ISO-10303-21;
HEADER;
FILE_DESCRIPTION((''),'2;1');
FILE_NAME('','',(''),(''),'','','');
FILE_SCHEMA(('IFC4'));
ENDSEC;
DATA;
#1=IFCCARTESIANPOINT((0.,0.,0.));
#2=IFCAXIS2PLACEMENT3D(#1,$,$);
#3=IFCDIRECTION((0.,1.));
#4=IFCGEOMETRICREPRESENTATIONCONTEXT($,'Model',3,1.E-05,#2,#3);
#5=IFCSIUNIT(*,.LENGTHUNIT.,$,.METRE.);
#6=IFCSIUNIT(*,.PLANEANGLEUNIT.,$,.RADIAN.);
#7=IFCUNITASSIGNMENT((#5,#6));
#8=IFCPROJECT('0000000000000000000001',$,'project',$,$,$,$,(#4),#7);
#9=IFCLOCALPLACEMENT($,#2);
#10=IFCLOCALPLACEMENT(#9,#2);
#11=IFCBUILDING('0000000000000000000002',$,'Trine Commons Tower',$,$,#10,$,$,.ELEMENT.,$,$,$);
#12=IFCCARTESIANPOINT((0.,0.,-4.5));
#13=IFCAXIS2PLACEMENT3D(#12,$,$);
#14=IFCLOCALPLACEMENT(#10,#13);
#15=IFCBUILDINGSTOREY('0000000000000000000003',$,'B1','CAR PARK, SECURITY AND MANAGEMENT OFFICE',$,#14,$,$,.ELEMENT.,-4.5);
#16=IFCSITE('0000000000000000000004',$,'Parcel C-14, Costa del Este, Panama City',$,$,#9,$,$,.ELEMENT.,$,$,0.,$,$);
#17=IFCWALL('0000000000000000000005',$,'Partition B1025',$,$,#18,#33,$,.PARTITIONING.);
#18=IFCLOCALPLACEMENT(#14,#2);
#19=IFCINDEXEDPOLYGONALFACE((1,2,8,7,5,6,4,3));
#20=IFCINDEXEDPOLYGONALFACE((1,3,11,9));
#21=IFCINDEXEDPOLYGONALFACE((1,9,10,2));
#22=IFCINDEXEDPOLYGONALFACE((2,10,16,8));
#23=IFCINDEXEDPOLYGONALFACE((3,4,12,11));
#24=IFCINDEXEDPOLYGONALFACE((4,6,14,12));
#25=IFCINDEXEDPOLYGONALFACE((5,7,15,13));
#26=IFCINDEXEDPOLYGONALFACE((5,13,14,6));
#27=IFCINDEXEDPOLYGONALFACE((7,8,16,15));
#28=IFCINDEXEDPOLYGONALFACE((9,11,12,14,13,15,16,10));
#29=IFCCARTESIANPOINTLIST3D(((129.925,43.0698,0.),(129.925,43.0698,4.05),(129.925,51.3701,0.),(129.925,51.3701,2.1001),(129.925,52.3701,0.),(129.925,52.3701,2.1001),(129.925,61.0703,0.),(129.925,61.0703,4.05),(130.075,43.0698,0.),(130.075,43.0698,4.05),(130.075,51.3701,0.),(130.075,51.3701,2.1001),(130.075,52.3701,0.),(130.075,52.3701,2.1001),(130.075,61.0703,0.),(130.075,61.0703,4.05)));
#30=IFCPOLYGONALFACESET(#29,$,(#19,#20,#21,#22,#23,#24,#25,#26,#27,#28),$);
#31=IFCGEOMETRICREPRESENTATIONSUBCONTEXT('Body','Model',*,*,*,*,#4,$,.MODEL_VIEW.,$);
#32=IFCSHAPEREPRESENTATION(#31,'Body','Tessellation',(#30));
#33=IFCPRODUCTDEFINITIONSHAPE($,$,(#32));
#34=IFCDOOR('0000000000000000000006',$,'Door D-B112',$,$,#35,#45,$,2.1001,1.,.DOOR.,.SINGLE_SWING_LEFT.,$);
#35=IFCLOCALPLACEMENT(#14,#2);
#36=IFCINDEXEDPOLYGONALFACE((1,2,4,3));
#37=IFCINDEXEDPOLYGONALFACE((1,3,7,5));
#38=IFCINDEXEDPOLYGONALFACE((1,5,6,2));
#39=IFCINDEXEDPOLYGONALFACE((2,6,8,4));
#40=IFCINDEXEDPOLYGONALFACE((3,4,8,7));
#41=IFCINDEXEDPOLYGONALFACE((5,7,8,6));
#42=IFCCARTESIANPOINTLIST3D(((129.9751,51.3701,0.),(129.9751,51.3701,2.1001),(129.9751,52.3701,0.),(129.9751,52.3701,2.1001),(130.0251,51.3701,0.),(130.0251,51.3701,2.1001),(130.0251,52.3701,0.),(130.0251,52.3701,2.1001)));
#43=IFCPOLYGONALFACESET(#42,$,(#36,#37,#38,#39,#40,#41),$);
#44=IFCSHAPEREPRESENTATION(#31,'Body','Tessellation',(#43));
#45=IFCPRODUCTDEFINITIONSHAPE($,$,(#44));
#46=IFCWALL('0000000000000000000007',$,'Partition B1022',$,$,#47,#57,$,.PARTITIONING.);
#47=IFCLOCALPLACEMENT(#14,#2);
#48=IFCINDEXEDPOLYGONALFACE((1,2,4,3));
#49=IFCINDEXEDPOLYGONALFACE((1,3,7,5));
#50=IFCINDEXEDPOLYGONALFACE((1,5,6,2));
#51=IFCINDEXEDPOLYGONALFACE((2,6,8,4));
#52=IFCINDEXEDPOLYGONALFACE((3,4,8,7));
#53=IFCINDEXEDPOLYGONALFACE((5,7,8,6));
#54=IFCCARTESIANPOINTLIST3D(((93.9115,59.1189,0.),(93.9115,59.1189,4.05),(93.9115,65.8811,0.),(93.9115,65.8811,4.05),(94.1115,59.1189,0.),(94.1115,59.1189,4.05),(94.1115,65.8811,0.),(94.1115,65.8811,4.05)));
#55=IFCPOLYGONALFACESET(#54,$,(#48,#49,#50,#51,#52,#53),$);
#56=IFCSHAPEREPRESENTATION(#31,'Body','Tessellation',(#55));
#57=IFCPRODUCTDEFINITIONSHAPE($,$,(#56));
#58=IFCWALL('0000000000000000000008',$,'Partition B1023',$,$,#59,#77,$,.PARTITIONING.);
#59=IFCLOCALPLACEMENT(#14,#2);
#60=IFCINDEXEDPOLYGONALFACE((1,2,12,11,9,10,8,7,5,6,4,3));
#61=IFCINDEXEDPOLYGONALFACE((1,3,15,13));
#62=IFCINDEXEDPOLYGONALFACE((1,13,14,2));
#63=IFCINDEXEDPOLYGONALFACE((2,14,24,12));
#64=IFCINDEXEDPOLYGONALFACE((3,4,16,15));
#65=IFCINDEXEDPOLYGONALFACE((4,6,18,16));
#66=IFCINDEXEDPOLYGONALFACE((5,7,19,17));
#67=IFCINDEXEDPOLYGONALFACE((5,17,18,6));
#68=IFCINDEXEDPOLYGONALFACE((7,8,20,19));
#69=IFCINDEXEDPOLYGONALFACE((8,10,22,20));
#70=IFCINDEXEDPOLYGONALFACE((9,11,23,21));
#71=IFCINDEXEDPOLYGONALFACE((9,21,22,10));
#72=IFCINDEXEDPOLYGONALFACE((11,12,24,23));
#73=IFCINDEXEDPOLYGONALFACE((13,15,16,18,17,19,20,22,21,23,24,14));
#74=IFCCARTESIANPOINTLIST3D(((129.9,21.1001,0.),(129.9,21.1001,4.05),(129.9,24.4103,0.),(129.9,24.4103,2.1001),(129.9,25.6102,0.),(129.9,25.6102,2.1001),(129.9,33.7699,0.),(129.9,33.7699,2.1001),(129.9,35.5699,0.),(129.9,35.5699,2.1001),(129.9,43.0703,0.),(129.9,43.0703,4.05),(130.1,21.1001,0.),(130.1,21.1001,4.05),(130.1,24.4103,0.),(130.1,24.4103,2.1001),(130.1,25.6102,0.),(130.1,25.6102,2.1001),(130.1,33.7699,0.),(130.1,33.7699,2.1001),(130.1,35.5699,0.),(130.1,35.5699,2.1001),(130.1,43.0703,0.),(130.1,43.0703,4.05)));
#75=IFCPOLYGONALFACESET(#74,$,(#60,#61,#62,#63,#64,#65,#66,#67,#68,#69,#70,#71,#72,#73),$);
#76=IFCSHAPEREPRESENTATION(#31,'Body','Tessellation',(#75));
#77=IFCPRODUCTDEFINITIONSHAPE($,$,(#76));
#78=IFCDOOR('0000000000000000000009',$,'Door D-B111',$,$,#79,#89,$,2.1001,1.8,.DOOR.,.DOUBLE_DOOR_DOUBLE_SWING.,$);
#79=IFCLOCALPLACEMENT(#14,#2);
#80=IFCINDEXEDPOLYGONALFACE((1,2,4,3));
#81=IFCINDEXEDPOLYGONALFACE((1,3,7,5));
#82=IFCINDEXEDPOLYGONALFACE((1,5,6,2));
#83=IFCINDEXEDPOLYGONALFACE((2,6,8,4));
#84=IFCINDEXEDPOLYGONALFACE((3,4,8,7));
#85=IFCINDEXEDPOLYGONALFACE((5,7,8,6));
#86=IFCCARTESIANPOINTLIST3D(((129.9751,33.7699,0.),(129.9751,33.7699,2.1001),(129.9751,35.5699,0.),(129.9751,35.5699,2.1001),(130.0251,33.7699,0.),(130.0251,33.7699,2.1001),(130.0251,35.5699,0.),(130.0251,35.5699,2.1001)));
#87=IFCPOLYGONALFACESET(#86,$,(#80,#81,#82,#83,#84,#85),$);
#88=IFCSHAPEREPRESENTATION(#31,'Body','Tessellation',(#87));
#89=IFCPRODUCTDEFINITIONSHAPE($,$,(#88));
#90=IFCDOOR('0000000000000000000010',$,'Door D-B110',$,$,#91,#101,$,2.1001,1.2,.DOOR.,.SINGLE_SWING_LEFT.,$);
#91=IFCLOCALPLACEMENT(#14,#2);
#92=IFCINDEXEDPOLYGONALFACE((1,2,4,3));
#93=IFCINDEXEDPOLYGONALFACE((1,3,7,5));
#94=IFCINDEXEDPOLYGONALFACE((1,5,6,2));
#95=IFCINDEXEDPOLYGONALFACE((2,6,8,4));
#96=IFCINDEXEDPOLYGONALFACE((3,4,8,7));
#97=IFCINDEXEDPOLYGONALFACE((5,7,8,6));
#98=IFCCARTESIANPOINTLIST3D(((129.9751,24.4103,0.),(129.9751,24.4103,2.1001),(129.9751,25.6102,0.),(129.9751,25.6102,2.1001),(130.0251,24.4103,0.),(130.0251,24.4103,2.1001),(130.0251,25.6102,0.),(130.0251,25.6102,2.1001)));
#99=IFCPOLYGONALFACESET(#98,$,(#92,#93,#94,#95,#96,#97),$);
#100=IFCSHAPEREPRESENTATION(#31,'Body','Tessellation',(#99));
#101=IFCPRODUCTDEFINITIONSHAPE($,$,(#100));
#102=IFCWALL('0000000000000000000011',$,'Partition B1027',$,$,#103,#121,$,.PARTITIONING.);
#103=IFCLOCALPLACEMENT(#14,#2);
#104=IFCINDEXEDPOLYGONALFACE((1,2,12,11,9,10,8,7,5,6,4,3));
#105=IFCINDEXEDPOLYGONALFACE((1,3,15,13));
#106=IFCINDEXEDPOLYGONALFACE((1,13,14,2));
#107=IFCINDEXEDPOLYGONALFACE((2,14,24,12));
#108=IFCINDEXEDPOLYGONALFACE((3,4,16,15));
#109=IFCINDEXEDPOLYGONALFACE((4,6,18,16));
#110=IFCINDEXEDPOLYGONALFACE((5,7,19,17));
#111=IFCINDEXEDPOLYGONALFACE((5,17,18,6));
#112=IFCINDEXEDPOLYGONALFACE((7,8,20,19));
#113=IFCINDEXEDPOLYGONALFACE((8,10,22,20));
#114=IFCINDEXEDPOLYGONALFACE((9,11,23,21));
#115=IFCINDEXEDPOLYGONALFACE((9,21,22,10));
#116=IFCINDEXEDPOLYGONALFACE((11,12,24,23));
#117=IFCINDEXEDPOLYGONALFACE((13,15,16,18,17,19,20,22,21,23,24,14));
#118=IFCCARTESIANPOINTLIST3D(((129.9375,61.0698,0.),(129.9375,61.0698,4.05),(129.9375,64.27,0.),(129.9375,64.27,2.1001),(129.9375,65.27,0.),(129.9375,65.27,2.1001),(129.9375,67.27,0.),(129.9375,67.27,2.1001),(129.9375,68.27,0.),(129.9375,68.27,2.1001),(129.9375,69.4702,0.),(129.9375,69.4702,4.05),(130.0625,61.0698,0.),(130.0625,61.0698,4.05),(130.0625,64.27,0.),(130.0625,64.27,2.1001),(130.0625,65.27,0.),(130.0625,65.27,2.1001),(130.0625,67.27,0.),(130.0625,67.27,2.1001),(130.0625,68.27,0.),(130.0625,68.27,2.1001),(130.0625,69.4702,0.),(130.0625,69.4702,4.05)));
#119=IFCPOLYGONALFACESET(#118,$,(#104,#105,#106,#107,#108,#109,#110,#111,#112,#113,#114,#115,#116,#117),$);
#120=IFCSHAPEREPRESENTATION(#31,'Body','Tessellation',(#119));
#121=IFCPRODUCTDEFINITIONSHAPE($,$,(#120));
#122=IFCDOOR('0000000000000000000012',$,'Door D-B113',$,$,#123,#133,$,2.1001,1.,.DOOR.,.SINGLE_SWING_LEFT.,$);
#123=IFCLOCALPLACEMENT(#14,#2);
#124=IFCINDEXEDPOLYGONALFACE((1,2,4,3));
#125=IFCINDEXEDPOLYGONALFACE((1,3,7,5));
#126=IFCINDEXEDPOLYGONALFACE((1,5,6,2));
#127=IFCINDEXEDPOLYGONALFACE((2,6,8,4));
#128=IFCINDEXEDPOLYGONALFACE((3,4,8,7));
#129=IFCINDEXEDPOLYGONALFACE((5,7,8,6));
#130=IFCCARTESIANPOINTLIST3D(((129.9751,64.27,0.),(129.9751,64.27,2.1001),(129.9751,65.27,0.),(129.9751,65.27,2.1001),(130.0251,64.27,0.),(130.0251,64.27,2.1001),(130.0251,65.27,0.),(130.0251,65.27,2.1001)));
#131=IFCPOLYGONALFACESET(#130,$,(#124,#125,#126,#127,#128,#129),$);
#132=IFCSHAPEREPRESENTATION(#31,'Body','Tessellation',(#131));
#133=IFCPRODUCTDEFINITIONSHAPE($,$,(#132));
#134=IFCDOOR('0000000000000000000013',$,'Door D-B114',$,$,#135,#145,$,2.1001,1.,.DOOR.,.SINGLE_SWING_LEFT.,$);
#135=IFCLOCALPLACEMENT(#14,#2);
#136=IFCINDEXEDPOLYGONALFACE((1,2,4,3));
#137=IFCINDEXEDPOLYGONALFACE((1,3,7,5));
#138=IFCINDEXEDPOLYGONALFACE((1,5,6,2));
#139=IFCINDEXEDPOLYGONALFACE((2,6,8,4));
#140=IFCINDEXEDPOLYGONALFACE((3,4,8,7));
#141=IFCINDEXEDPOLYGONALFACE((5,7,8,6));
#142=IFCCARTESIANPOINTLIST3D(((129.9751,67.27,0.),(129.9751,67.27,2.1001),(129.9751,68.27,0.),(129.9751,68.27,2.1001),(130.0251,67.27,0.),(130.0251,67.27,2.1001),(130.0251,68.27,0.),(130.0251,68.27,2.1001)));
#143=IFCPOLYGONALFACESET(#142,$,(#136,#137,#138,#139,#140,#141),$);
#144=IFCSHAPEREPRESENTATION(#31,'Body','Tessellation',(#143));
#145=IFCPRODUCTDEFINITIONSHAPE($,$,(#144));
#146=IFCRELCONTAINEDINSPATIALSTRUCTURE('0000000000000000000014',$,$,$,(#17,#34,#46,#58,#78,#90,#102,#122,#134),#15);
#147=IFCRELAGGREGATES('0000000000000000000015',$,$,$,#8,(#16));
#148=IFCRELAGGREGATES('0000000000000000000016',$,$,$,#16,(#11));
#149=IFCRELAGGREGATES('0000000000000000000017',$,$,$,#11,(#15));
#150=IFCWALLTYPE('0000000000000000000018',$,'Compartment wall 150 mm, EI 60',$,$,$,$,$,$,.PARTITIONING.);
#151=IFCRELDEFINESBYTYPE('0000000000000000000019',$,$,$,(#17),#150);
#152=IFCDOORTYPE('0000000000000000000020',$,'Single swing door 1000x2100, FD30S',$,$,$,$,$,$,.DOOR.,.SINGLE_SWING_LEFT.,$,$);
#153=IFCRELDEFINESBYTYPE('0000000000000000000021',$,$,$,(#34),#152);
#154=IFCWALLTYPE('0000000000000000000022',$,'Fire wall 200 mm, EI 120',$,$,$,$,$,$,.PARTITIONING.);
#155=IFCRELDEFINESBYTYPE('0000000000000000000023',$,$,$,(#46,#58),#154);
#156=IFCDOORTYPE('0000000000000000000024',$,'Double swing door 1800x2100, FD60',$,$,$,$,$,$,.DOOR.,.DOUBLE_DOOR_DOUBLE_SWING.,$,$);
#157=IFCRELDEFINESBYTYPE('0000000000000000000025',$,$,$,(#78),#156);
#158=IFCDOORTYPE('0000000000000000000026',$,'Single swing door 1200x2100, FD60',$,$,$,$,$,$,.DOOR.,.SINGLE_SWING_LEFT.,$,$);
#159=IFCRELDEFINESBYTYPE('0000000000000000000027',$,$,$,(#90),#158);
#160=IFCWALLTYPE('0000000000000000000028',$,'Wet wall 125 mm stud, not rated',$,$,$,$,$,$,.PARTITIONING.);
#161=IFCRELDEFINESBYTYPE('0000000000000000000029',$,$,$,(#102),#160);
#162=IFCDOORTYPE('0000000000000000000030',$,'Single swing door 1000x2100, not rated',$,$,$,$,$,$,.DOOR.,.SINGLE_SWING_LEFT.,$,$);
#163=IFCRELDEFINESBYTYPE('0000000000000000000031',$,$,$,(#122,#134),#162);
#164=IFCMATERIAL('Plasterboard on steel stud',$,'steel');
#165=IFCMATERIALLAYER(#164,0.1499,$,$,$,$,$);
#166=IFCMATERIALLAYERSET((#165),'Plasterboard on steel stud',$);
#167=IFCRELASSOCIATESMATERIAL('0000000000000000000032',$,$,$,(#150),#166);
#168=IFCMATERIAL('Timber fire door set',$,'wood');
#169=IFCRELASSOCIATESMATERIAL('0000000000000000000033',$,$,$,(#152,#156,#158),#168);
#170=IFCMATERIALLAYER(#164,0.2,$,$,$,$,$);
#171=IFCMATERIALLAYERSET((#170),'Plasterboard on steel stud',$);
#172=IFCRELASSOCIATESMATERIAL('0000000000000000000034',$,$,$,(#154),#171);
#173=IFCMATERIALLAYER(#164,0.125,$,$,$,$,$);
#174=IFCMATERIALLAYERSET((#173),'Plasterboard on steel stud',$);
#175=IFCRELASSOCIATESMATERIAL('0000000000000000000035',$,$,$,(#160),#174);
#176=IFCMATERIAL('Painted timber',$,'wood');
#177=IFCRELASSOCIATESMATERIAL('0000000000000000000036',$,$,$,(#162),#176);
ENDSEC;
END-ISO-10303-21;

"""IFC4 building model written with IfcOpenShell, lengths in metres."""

from ifc_helpers import new_model, si_unit, direction, frame, frame_2d, origin, place, context, subcontext, project, spatial, rectangle, extrude, material, layer, layer_set, type_object, element, fill, save


model = new_model("IFC4")

# Units and contexts
model_context = context("Model", 3, precision=1e-05, world=origin(), true_north=direction((0.0, 1.0)))
body_context = subcontext(model_context, "Body", "Model", "MODEL_VIEW")
ifc_project = project(units=[si_unit("LENGTHUNIT", "METRE"), si_unit("PLANEANGLEUNIT", "RADIAN")], contexts=[model_context])

# Site, building, storey
site_placement = place(None, origin())
site = spatial("IfcSite", under=ifc_project, at=site_placement, Name="Parcel C-14, Costa del Este, Panama City", CompositionType="ELEMENT", RefElevation=0.0)
building_placement = place(site_placement, origin())
building = spatial("IfcBuilding", under=site, at=building_placement, Name="Trine Commons Tower", CompositionType="ELEMENT")
storey_placement = place(building_placement, frame((0.0, 0.0, -4.5)))
storey = spatial("IfcBuildingStorey", under=building, at=storey_placement, Name="B1", Description="CAR PARK, SECURITY AND MANAGEMENT OFFICE", CompositionType="ELEMENT", Elevation=-4.5)

# Wall, opening, door
ifc_material_1 = material(Name="Plasterboard on steel stud", Category="steel")
ifc_layer_1 = layer(ifc_material_1, 0.1499)
ifc_layer_set_1 = layer_set([ifc_layer_1], Name="Plasterboard on steel stud")
wall_type_1 = type_object("IfcWallType", Name="Compartment wall 150 mm, EI 60", PredefinedType="PARTITIONING", material=ifc_layer_set_1)
wall_1_placement = place(storey_placement, frame((130.0, 43.0698, 0.0), z_axis=(0.0, 0.0, 1.0), x_axis=(0.0, 1.0, 0.0)))
wall_1 = element("IfcWall", 1, at=wall_1_placement, inside=storey, type_object=wall_type_1, Name="Partition B1025", PredefinedType="PARTITIONING", context=body_context, shape_type="SweptSolid", body=[
    extrude(rectangle(XDim=18.0005, YDim=0.1499, at=frame_2d((9.0002, 0.0))), origin(), (0.0, 0.0, 1.0), 4.05),
])
opening_1_placement = place(wall_1_placement, frame((8.3003, 0.0, 0.0)))
opening_1 = element("IfcOpeningElement", 2, at=opening_1_placement, cuts=wall_1, PredefinedType="OPENING", context=body_context, shape_type="SweptSolid", body=[
    extrude(rectangle(XDim=1.0, YDim=2.1001, at=frame_2d((0.5, 1.05))), frame((0.0, 0.085, 0.0), z_axis=(0.0, -1.0, 0.0), x_axis=(1.0, 0.0, 0.0)), (0.0, 0.0, 1.0), 0.1699),
])
ifc_material_2 = material(Name="Timber fire door set", Category="wood")
door_type_1 = type_object("IfcDoorType", Name="Single swing door 1000x2100, FD30S", OperationType="SINGLE_SWING_LEFT", PredefinedType="DOOR", material=ifc_material_2)
door_1_placement = place(opening_1_placement, origin())
door_1 = element("IfcDoor", 3, at=door_1_placement, inside=storey, type_object=door_type_1, Name="Door D-B112", OperationType="SINGLE_SWING_LEFT", OverallHeight=2.1001, OverallWidth=1.0, PredefinedType="DOOR", context=body_context, shape_type="SweptSolid", body=[
    extrude(rectangle(XDim=1.0, YDim=2.1001, at=frame_2d((0.5, 1.05))), frame((0.0, 0.0249, 0.0), z_axis=(0.0, -1.0, 0.0), x_axis=(1.0, 0.0, 0.0)), (0.0, 0.0, 1.0), 0.05),
])
fill(opening_1, door_1)

# Wall
ifc_layer_2 = layer(ifc_material_1, 0.2)
ifc_layer_set_2 = layer_set([ifc_layer_2], Name="Plasterboard on steel stud")
wall_type_2 = type_object("IfcWallType", Name="Fire wall 200 mm, EI 120", PredefinedType="PARTITIONING", material=ifc_layer_set_2)
wall_2_placement = place(storey_placement, frame((94.0115, 59.1189, 0.0), z_axis=(0.0, 0.0, 1.0), x_axis=(0.0, 1.0, 0.0)))
element("IfcWall", 4, at=wall_2_placement, inside=storey, type_object=wall_type_2, Name="Partition B1022", PredefinedType="PARTITIONING", context=body_context, shape_type="SweptSolid", body=[
    extrude(rectangle(XDim=6.7622, YDim=0.2, at=frame_2d((3.3811, 0.0))), origin(), (0.0, 0.0, 1.0), 4.05),
])

# Walls, openings, doors
wall_3_placement = place(storey_placement, frame((130.0, 21.1001, 0.0), z_axis=(0.0, 0.0, 1.0), x_axis=(0.0, 1.0, 0.0)))
wall_3 = element("IfcWall", 5, at=wall_3_placement, inside=storey, type_object=wall_type_2, Name="Partition B1023", PredefinedType="PARTITIONING", context=body_context, shape_type="SweptSolid", body=[
    extrude(rectangle(XDim=21.9702, YDim=0.2, at=frame_2d((10.9851, 0.0))), origin(), (0.0, 0.0, 1.0), 4.05),
])
opening_2_placement = place(wall_3_placement, frame((3.3101, 0.0, 0.0)))
opening_2 = element("IfcOpeningElement", 6, at=opening_2_placement, cuts=wall_3, PredefinedType="OPENING", context=body_context, shape_type="SweptSolid", body=[
    extrude(rectangle(XDim=1.2, YDim=2.1001, at=frame_2d((0.6001, 1.05))), frame((0.0, 0.1099, 0.0), z_axis=(0.0, -1.0, 0.0), x_axis=(1.0, 0.0, 0.0)), (0.0, 0.0, 1.0), 0.22),
])
opening_3_placement = place(wall_3_placement, frame((12.6699, 0.0, 0.0)))
opening_3 = element("IfcOpeningElement", 7, at=opening_3_placement, cuts=wall_3, PredefinedType="OPENING", context=body_context, shape_type="SweptSolid", body=[
    extrude(rectangle(XDim=1.8, YDim=2.1001, at=frame_2d((0.8999, 1.05))), frame((0.0, 0.1099, 0.0), z_axis=(0.0, -1.0, 0.0), x_axis=(1.0, 0.0, 0.0)), (0.0, 0.0, 1.0), 0.22),
])
door_type_2 = type_object("IfcDoorType", Name="Double swing door 1800x2100, FD60", OperationType="DOUBLE_DOOR_DOUBLE_SWING", PredefinedType="DOOR", material=ifc_material_2)
door_2_placement = place(opening_3_placement, origin())
door_2 = element("IfcDoor", 8, at=door_2_placement, inside=storey, type_object=door_type_2, Name="Door D-B111", OperationType="DOUBLE_DOOR_DOUBLE_SWING", OverallHeight=2.1001, OverallWidth=1.8, PredefinedType="DOOR", context=body_context, shape_type="SweptSolid", body=[
    extrude(rectangle(XDim=1.8, YDim=2.1001, at=frame_2d((0.8999, 1.05))), frame((0.0, 0.0249, 0.0), z_axis=(0.0, -1.0, 0.0), x_axis=(1.0, 0.0, 0.0)), (0.0, 0.0, 1.0), 0.05),
])
fill(opening_3, door_2)
door_type_3 = type_object("IfcDoorType", Name="Single swing door 1200x2100, FD60", OperationType="SINGLE_SWING_LEFT", PredefinedType="DOOR", material=ifc_material_2)
door_3_placement = place(opening_2_placement, origin())
door_3 = element("IfcDoor", 9, at=door_3_placement, inside=storey, type_object=door_type_3, Name="Door D-B110", OperationType="SINGLE_SWING_LEFT", OverallHeight=2.1001, OverallWidth=1.2, PredefinedType="DOOR", context=body_context, shape_type="SweptSolid", body=[
    extrude(rectangle(XDim=1.2, YDim=2.1001, at=frame_2d((0.6001, 1.05))), frame((0.0, 0.0249, 0.0), z_axis=(0.0, -1.0, 0.0), x_axis=(1.0, 0.0, 0.0)), (0.0, 0.0, 1.0), 0.05),
])
fill(opening_2, door_3)
ifc_layer_3 = layer(ifc_material_1, 0.125)
ifc_layer_set_3 = layer_set([ifc_layer_3], Name="Plasterboard on steel stud")
wall_type_3 = type_object("IfcWallType", Name="Wet wall 125 mm stud, not rated", PredefinedType="PARTITIONING", material=ifc_layer_set_3)
wall_4_placement = place(storey_placement, frame((130.0, 61.0698, 0.0), z_axis=(0.0, 0.0, 1.0), x_axis=(0.0, 1.0, 0.0)))
wall_4 = element("IfcWall", 10, at=wall_4_placement, inside=storey, type_object=wall_type_3, Name="Partition B1027", PredefinedType="PARTITIONING", context=body_context, shape_type="SweptSolid", body=[
    extrude(rectangle(XDim=8.4004, YDim=0.125, at=frame_2d((4.2002, 0.0))), origin(), (0.0, 0.0, 1.0), 4.05),
])
opening_4_placement = place(wall_4_placement, frame((3.2002, 0.0, 0.0)))
opening_4 = element("IfcOpeningElement", 11, at=opening_4_placement, cuts=wall_4, PredefinedType="OPENING", context=body_context, shape_type="SweptSolid", body=[
    extrude(rectangle(XDim=1.0, YDim=2.1001, at=frame_2d((0.5, 1.05))), frame((0.0, 0.0725, 0.0), z_axis=(0.0, -1.0, 0.0), x_axis=(1.0, 0.0, 0.0)), (0.0, 0.0, 1.0), 0.145),
])
opening_5_placement = place(wall_4_placement, frame((6.2002, 0.0, 0.0)))
opening_5 = element("IfcOpeningElement", 12, at=opening_5_placement, cuts=wall_4, PredefinedType="OPENING", context=body_context, shape_type="SweptSolid", body=[
    extrude(rectangle(XDim=1.0, YDim=2.1001, at=frame_2d((0.5, 1.05))), frame((0.0, 0.0725, 0.0), z_axis=(0.0, -1.0, 0.0), x_axis=(1.0, 0.0, 0.0)), (0.0, 0.0, 1.0), 0.145),
])
ifc_material_3 = material(Name="Painted timber", Category="wood")
door_type_4 = type_object("IfcDoorType", Name="Single swing door 1000x2100, not rated", OperationType="SINGLE_SWING_LEFT", PredefinedType="DOOR", material=ifc_material_3)
door_4_placement = place(opening_4_placement, origin())
door_4 = element("IfcDoor", 13, at=door_4_placement, inside=storey, type_object=door_type_4, Name="Door D-B113", OperationType="SINGLE_SWING_LEFT", OverallHeight=2.1001, OverallWidth=1.0, PredefinedType="DOOR", context=body_context, shape_type="SweptSolid", body=[
    extrude(rectangle(XDim=1.0, YDim=2.1001, at=frame_2d((0.5, 1.05))), frame((0.0, 0.0249, 0.0), z_axis=(0.0, -1.0, 0.0), x_axis=(1.0, 0.0, 0.0)), (0.0, 0.0, 1.0), 0.05),
])
fill(opening_4, door_4)
door_5_placement = place(opening_5_placement, origin())
door_5 = element("IfcDoor", 14, at=door_5_placement, inside=storey, type_object=door_type_4, Name="Door D-B114", OperationType="SINGLE_SWING_LEFT", OverallHeight=2.1001, OverallWidth=1.0, PredefinedType="DOOR", context=body_context, shape_type="SweptSolid", body=[
    extrude(rectangle(XDim=1.0, YDim=2.1001, at=frame_2d((0.5, 1.05))), frame((0.0, 0.0249, 0.0), z_axis=(0.0, -1.0, 0.0), x_axis=(1.0, 0.0, 0.0)), (0.0, 0.0, 1.0), 0.05),
])
fill(opening_5, door_5)

save(model, "model.ifc")
